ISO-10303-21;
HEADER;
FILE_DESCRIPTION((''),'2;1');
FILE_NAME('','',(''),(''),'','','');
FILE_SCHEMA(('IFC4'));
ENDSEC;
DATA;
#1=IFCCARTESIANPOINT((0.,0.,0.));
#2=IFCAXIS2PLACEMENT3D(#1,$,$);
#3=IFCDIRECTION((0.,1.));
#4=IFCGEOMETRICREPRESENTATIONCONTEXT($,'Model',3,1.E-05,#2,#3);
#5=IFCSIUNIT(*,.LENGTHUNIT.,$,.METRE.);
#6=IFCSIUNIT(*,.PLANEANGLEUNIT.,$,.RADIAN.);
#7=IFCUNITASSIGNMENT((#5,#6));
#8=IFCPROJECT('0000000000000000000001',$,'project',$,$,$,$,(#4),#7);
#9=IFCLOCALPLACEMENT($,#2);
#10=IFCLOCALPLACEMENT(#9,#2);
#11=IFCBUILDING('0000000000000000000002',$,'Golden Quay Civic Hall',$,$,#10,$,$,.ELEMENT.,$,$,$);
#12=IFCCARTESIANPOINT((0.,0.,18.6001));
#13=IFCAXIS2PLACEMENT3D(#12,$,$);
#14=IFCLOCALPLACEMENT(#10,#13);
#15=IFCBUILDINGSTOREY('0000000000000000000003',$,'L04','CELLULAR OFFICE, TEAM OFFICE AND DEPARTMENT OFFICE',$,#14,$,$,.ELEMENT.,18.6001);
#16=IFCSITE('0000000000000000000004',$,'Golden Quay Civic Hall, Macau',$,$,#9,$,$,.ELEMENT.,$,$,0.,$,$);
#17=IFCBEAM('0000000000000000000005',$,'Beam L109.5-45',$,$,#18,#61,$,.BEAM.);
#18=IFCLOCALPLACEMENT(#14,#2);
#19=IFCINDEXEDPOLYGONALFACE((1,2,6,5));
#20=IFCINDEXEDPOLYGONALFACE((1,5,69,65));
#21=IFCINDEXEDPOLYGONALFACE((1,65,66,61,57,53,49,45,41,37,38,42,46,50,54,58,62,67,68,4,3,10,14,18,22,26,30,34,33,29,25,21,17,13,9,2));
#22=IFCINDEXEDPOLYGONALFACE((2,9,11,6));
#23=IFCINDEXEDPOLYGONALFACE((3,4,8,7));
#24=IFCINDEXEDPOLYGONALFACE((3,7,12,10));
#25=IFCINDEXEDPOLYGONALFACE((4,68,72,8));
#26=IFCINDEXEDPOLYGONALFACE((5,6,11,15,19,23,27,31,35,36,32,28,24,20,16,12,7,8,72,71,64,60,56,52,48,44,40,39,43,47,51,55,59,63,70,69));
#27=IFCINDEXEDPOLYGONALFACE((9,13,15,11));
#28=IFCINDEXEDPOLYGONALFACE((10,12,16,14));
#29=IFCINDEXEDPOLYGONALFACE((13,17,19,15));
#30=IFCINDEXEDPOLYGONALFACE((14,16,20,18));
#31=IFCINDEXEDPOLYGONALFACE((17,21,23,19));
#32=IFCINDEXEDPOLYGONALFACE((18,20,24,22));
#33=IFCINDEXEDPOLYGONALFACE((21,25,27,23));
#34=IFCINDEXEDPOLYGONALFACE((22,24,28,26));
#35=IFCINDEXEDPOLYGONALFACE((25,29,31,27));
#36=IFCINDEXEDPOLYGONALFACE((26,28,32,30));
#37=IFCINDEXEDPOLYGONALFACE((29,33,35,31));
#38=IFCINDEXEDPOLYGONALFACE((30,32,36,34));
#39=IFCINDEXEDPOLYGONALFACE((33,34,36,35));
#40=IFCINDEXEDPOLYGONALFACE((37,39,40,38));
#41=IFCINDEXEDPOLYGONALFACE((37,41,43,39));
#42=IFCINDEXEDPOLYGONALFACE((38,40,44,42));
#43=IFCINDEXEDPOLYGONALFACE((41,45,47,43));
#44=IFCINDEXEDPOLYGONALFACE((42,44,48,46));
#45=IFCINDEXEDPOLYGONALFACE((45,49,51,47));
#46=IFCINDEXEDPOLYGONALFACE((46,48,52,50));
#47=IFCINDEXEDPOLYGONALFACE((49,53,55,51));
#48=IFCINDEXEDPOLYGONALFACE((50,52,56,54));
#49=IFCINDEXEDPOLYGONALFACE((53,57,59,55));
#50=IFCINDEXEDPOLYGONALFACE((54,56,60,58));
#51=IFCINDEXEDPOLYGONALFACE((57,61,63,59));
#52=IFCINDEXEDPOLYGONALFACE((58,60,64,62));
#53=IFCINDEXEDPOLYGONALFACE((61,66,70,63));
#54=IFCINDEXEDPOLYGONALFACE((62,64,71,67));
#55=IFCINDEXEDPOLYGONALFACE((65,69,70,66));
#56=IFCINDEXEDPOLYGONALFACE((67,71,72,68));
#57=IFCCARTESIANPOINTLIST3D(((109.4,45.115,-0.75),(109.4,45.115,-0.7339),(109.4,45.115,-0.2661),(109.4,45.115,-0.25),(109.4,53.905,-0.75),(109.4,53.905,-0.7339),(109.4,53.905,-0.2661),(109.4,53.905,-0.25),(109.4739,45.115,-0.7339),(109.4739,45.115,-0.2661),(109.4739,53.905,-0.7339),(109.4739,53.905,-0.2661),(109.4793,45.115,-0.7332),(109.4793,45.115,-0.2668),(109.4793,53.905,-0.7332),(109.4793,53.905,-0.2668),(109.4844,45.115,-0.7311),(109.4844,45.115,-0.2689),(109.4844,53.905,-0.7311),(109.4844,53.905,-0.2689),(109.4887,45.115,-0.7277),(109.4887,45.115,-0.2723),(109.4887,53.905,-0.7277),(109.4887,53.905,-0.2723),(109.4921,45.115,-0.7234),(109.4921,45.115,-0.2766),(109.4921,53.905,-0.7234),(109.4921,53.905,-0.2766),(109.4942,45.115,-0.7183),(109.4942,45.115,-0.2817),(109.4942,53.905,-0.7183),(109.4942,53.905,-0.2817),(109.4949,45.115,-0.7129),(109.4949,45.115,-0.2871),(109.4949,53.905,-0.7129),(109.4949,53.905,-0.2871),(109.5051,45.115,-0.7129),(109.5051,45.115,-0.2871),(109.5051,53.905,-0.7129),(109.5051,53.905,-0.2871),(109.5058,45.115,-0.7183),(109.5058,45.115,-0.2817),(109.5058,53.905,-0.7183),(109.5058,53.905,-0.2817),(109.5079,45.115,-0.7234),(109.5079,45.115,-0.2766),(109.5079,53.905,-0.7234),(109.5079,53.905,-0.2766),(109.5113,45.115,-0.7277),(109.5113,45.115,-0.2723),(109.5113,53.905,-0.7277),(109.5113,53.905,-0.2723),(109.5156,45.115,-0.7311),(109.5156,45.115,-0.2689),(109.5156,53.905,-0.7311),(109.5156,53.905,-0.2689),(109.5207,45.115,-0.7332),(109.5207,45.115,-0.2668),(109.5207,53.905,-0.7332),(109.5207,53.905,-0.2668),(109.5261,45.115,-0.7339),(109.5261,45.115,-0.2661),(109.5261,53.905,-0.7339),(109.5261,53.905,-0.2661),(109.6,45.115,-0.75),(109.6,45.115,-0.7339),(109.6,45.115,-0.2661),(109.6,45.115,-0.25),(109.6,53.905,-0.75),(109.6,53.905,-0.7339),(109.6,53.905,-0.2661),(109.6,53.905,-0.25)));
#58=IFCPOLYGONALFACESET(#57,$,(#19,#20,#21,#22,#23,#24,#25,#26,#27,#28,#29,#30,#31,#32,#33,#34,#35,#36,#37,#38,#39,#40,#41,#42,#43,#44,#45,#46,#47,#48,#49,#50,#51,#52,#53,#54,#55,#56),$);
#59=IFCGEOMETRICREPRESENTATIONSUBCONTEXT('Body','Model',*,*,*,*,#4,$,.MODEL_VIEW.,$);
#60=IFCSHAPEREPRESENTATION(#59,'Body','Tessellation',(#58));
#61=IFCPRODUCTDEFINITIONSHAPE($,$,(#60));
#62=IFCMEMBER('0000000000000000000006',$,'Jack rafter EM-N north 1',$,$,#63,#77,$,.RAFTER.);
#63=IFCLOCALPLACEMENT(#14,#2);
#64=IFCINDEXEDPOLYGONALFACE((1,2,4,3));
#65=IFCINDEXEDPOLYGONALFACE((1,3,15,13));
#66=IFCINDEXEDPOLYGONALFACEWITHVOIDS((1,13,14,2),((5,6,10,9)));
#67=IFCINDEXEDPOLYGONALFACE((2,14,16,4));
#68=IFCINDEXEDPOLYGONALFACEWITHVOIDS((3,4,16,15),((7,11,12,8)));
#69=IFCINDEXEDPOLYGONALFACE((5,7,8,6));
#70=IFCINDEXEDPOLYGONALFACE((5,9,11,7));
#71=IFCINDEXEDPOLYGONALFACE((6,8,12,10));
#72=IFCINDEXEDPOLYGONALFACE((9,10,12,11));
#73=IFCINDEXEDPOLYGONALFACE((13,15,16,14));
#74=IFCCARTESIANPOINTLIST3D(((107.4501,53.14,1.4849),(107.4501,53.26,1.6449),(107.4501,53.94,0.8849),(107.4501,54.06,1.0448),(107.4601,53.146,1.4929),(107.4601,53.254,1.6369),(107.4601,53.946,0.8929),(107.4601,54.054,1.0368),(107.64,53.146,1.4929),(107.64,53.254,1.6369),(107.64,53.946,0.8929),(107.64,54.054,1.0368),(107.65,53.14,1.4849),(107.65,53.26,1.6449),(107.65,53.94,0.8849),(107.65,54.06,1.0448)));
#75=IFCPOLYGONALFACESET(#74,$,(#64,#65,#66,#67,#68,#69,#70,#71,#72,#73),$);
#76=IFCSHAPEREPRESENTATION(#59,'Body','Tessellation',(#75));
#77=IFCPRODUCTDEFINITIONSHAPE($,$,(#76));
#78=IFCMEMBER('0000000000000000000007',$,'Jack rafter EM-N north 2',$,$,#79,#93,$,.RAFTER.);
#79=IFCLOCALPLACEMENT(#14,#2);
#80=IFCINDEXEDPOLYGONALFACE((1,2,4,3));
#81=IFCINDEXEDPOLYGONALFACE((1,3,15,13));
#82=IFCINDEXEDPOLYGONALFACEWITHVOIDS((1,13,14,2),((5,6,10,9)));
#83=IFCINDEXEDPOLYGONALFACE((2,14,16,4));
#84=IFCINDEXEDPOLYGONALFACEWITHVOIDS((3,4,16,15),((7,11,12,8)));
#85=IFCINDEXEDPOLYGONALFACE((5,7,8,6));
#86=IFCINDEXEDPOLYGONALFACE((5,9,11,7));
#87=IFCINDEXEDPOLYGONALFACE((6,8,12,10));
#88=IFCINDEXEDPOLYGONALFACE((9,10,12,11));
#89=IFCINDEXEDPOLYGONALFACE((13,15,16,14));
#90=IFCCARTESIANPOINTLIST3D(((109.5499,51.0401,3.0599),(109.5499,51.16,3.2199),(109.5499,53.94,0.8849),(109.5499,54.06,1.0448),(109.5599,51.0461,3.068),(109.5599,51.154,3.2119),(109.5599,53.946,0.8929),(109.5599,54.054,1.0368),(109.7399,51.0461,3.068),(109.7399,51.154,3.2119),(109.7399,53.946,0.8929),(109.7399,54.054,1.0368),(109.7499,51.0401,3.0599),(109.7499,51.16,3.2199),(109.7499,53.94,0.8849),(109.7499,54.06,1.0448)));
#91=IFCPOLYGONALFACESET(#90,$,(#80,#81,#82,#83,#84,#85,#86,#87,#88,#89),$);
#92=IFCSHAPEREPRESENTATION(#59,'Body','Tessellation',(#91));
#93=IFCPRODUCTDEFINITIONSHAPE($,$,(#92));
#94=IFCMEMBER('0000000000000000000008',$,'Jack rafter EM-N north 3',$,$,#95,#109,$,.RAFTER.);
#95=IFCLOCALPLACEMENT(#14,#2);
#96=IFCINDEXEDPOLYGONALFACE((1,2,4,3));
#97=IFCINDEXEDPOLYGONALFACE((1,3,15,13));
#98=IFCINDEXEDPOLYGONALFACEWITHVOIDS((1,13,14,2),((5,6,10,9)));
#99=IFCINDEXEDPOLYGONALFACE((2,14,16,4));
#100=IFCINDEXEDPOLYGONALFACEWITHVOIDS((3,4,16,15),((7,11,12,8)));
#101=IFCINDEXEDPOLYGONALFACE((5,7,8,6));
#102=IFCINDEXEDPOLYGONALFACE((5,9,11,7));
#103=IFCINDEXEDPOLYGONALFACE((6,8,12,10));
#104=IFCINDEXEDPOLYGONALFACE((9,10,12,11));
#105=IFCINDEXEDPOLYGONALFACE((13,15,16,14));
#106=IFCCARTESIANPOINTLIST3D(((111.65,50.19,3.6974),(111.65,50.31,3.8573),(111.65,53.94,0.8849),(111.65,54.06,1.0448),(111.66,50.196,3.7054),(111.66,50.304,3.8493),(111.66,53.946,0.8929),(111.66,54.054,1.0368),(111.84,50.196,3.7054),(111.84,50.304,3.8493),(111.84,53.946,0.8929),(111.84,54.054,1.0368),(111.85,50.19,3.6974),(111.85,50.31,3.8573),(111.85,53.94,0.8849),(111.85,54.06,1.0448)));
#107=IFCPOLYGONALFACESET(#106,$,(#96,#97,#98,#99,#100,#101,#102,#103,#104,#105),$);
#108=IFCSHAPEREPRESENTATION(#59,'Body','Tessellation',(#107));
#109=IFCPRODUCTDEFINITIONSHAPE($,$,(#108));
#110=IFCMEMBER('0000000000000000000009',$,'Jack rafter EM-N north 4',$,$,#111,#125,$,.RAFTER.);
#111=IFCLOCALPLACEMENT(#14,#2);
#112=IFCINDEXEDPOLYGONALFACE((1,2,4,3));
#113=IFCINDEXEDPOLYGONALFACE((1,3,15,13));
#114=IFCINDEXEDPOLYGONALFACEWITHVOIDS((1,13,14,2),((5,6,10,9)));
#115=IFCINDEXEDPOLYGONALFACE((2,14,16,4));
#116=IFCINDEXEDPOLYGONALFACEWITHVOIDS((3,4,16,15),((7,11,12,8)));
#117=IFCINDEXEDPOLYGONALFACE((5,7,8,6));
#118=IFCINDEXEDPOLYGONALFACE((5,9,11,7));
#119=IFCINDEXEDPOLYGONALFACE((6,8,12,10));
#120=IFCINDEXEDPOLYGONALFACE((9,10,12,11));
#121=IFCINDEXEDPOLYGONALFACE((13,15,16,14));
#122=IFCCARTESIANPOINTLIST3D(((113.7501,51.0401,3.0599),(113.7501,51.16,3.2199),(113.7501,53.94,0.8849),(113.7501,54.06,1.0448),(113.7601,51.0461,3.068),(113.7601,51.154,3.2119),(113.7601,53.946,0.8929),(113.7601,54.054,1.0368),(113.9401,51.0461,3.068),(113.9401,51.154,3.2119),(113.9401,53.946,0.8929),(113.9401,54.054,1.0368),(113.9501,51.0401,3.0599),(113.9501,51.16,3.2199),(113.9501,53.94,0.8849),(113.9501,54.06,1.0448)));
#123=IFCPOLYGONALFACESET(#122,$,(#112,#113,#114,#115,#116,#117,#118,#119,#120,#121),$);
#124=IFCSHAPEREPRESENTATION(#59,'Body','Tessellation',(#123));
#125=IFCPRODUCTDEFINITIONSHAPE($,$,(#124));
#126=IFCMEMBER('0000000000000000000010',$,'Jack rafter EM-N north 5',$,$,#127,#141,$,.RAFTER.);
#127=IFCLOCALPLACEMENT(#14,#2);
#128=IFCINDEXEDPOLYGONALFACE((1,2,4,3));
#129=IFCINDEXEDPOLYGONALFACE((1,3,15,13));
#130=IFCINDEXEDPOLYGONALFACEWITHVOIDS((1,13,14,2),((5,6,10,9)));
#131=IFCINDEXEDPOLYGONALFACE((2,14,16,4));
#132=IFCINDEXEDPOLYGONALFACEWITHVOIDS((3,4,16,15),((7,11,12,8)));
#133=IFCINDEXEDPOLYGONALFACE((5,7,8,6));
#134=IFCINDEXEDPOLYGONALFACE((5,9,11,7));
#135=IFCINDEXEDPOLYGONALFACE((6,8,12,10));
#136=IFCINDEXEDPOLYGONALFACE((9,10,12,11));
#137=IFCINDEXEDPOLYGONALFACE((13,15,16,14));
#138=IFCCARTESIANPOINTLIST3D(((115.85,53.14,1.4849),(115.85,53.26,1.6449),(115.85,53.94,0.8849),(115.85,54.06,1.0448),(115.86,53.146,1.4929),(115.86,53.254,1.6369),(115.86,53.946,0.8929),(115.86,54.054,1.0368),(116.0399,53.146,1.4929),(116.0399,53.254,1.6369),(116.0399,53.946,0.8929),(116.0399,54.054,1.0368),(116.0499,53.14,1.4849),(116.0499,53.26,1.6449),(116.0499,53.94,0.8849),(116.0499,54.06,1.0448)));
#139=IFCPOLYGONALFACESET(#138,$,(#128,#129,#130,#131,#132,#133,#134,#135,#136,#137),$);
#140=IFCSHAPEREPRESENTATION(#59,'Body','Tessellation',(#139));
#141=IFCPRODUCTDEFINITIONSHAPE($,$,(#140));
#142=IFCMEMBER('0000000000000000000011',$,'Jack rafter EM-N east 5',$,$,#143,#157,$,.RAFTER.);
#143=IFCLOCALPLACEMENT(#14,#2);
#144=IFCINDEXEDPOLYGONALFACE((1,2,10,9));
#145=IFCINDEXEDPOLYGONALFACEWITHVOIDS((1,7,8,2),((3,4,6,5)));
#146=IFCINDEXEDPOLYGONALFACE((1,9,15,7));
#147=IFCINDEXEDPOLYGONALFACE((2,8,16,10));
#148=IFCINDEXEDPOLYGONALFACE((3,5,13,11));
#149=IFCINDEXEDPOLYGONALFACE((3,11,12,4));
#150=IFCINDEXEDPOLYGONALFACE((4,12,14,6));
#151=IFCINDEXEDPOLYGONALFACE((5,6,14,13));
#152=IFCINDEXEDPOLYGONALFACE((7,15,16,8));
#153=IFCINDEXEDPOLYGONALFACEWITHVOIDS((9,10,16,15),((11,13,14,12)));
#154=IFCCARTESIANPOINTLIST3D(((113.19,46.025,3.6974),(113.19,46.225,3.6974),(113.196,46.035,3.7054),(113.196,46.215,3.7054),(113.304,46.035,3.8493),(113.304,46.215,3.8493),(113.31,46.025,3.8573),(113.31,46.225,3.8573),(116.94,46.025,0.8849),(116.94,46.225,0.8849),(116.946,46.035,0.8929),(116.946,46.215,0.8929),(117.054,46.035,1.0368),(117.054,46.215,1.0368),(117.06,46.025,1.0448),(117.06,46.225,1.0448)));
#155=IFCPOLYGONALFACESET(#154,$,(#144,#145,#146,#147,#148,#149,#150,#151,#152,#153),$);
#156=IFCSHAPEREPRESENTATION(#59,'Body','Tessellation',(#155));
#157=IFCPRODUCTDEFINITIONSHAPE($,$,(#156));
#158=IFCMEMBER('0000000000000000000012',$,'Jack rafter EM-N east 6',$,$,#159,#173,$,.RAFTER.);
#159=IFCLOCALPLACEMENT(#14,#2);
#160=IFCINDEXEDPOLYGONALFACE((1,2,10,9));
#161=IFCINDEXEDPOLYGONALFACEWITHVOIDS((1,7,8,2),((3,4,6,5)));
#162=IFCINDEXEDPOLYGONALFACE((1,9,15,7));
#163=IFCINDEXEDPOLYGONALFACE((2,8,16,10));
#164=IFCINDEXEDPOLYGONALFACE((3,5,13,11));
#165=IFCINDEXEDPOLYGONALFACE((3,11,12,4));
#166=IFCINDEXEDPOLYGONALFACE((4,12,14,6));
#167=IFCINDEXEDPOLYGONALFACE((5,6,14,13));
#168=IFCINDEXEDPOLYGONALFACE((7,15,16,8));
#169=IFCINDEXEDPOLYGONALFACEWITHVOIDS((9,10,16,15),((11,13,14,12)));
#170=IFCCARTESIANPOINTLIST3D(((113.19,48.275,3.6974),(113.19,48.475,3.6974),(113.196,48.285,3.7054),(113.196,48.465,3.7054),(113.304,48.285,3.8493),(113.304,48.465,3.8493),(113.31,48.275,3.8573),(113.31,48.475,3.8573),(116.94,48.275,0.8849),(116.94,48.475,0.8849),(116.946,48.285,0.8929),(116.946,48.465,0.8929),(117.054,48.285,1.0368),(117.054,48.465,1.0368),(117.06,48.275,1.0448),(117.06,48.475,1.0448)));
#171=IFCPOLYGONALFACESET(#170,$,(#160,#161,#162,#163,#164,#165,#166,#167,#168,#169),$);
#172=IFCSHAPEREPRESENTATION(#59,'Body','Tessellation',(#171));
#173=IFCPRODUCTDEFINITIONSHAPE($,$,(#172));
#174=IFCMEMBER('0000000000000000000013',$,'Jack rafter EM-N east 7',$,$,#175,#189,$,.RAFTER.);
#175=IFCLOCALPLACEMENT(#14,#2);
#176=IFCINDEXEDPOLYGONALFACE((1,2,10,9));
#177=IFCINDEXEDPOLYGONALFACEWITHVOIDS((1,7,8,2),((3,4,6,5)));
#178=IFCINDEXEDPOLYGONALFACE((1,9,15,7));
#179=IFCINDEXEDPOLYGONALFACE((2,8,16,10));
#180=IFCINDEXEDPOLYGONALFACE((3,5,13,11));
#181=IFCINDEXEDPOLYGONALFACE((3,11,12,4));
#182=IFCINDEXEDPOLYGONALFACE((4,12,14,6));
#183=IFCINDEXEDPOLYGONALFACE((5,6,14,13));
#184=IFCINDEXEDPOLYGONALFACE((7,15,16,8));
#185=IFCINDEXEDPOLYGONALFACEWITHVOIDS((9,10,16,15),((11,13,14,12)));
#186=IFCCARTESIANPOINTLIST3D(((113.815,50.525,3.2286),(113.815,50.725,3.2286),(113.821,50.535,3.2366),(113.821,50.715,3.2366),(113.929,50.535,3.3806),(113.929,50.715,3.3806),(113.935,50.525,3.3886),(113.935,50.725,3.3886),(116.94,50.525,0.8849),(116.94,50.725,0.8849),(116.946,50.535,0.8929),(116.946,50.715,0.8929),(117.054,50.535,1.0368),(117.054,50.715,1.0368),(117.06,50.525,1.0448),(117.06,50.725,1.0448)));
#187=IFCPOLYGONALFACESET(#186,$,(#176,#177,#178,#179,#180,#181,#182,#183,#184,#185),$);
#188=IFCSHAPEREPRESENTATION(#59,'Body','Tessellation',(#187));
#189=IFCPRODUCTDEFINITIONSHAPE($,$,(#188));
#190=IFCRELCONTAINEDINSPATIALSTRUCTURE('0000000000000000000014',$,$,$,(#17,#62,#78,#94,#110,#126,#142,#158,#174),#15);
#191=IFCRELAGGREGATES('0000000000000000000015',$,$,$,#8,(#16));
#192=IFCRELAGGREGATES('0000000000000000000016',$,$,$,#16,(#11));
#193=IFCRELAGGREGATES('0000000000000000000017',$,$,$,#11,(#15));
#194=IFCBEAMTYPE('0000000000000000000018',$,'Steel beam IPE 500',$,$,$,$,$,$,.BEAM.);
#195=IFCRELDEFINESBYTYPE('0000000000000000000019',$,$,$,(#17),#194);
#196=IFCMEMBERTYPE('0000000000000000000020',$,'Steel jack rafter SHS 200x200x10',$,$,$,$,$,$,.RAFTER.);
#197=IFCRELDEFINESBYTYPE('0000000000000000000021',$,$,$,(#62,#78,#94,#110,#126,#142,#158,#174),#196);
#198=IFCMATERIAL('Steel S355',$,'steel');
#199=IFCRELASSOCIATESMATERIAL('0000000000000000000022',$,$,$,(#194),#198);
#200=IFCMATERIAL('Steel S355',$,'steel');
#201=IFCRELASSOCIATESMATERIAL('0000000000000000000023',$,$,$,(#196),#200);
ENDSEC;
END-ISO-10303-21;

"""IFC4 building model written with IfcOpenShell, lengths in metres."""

from ifc_helpers import new_model, si_unit, direction, frame, origin, origin_2d, place, context, subcontext, project, spatial, hollow_rectangle, i_section, extrude, material, material_profile, profile_set, type_object, element, save


model = new_model("IFC4")

# Units and contexts
model_context = context("Model", 3, precision=1e-05, world=origin(), true_north=direction((0.0, 1.0)))
body_context = subcontext(model_context, "Body", "Model", "MODEL_VIEW")
ifc_project = project(units=[si_unit("LENGTHUNIT", "METRE"), si_unit("PLANEANGLEUNIT", "RADIAN")], contexts=[model_context])

# Site, building, storey
site_placement = place(None, origin())
site = spatial("IfcSite", under=ifc_project, at=site_placement, Name="Golden Quay Civic Hall, Macau", CompositionType="ELEMENT", RefElevation=0.0)
building_placement = place(site_placement, origin())
building = spatial("IfcBuilding", under=site, at=building_placement, Name="Golden Quay Civic Hall", CompositionType="ELEMENT")
storey_placement = place(building_placement, frame((0.0, 0.0, 18.6001)))
storey = spatial("IfcBuildingStorey", under=building, at=storey_placement, Name="L04", Description="CELLULAR OFFICE, TEAM OFFICE AND DEPARTMENT OFFICE", CompositionType="ELEMENT", Elevation=18.6001)

# Beam
ifc_material_1 = material(Name="Steel S355", Category="steel")
ifc_material_profile_1 = material_profile(ifc_material_1, i_section(OverallWidth=0.2, OverallDepth=0.5, WebThickness=0.0103, FlangeThickness=0.0161, FilletRadius=0.021, at=origin_2d()), Name="IPE 500")
ifc_profile_set_1 = profile_set([ifc_material_profile_1], Name="Steel S355")
beam_type_1 = type_object("IfcBeamType", Name="Steel beam IPE 500", PredefinedType="BEAM", material=ifc_profile_set_1)
beam_1_placement = place(storey_placement, frame((109.5, 45.115, -0.5), z_axis=(0.0, 1.0, 0.0), x_axis=(-1.0, 0.0, 0.0)))
element("IfcBeam", 1, at=beam_1_placement, inside=storey, type_object=beam_type_1, Name="Beam L109.5-45", PredefinedType="BEAM", context=body_context, shape_type="SweptSolid", body=[
    extrude(i_section(OverallWidth=0.2, OverallDepth=0.5, WebThickness=0.0103, FlangeThickness=0.0161, FilletRadius=0.021, at=origin_2d()), origin(), (0.0, 0.0, 1.0), 8.79),
])

# Members
ifc_material_2 = material(Name="Steel S355", Category="steel")
ifc_material_profile_2 = material_profile(ifc_material_2, hollow_rectangle(XDim=0.2, YDim=0.2, WallThickness=0.01, at=origin_2d()), Name="SHS 200x200x10")
ifc_profile_set_2 = profile_set([ifc_material_profile_2], Name="Steel S355")
member_type_1 = type_object("IfcMemberType", Name="Steel jack rafter SHS 200x200x10", PredefinedType="RAFTER", material=ifc_profile_set_2)
member_1_placement = place(storey_placement, frame((107.55, 54.0, 0.9648), z_axis=(0.0, -0.799971, 0.600039), x_axis=(1.0, 0.0, 0.0)))
element("IfcMember", 2, at=member_1_placement, inside=storey, type_object=member_type_1, Name="Jack rafter EM-N north 1", PredefinedType="RAFTER", context=body_context, shape_type="SweptSolid", body=[
    extrude(hollow_rectangle(XDim=0.2, YDim=0.2, WallThickness=0.01, at=origin_2d()), origin(), (0.0, 0.0, 1.0), 1.0),
])
member_2_placement = place(storey_placement, frame((109.6499, 54.0, 0.9648), z_axis=(0.0, -0.799984, 0.600022), x_axis=(1.0, 0.0, 0.0)))
element("IfcMember", 3, at=member_2_placement, inside=storey, type_object=member_type_1, Name="Jack rafter EM-N north 2", PredefinedType="RAFTER", context=body_context, shape_type="SweptSolid", body=[
    extrude(hollow_rectangle(XDim=0.2, YDim=0.2, WallThickness=0.01, at=origin_2d()), origin(), (0.0, 0.0, 1.0), 3.625),
])
member_3_placement = place(storey_placement, frame((111.75, 54.0, 0.9648), z_axis=(0.0, -0.8, 0.6), x_axis=(1.0, 0.0, 0.0)))
element("IfcMember", 4, at=member_3_placement, inside=storey, type_object=member_type_1, Name="Jack rafter EM-N north 3", PredefinedType="RAFTER", context=body_context, shape_type="SweptSolid", body=[
    extrude(hollow_rectangle(XDim=0.2, YDim=0.2, WallThickness=0.01, at=origin_2d()), origin(), (0.0, 0.0, 1.0), 4.6875),
])
member_4_placement = place(storey_placement, frame((113.8501, 54.0, 0.9648), z_axis=(0.0, -0.799984, 0.600022), x_axis=(1.0, 0.0, 0.0)))
element("IfcMember", 5, at=member_4_placement, inside=storey, type_object=member_type_1, Name="Jack rafter EM-N north 4", PredefinedType="RAFTER", context=body_context, shape_type="SweptSolid", body=[
    extrude(hollow_rectangle(XDim=0.2, YDim=0.2, WallThickness=0.01, at=origin_2d()), origin(), (0.0, 0.0, 1.0), 3.625),
])
member_5_placement = place(storey_placement, frame((115.95, 54.0, 0.9648), z_axis=(0.0, -0.799971, 0.600039), x_axis=(1.0, 0.0, 0.0)))
element("IfcMember", 6, at=member_5_placement, inside=storey, type_object=member_type_1, Name="Jack rafter EM-N north 5", PredefinedType="RAFTER", context=body_context, shape_type="SweptSolid", body=[
    extrude(hollow_rectangle(XDim=0.2, YDim=0.2, WallThickness=0.01, at=origin_2d()), origin(), (0.0, 0.0, 1.0), 1.0),
])
for number, where, z_axis, x_axis, name in (
    (7, (117.0, 46.125, 0.9648), (-0.8, 0.0, 0.6), (0.0, -1.0, 0.0), "Jack rafter EM-N east 5"),
    (8, (117.0, 48.375, 0.9648), (-0.8, 0.0, 0.6), (0.0, -1.0, 0.0), "Jack rafter EM-N east 6"),
):
    element("IfcMember", number, at=place(storey_placement, frame(where, z_axis=z_axis, x_axis=x_axis)), inside=storey, type_object=member_type_1, Name=name, PredefinedType="RAFTER", context=body_context, shape_type="SweptSolid", body=[
        extrude(hollow_rectangle(XDim=0.2, YDim=0.2, WallThickness=0.01, at=origin_2d()), origin(), (0.0, 0.0, 1.0), 4.6875),
    ])
member_6_placement = place(storey_placement, frame((117.0, 50.625, 0.9648), z_axis=(-0.8, 0.0, 0.6), x_axis=(0.0, -1.0, 0.0)))
element("IfcMember", 9, at=member_6_placement, inside=storey, type_object=member_type_1, Name="Jack rafter EM-N east 7", PredefinedType="RAFTER", context=body_context, shape_type="SweptSolid", body=[
    extrude(hollow_rectangle(XDim=0.2, YDim=0.2, WallThickness=0.01, at=origin_2d()), origin(), (0.0, 0.0, 1.0), 3.9062),
])

save(model, "model.ifc")
